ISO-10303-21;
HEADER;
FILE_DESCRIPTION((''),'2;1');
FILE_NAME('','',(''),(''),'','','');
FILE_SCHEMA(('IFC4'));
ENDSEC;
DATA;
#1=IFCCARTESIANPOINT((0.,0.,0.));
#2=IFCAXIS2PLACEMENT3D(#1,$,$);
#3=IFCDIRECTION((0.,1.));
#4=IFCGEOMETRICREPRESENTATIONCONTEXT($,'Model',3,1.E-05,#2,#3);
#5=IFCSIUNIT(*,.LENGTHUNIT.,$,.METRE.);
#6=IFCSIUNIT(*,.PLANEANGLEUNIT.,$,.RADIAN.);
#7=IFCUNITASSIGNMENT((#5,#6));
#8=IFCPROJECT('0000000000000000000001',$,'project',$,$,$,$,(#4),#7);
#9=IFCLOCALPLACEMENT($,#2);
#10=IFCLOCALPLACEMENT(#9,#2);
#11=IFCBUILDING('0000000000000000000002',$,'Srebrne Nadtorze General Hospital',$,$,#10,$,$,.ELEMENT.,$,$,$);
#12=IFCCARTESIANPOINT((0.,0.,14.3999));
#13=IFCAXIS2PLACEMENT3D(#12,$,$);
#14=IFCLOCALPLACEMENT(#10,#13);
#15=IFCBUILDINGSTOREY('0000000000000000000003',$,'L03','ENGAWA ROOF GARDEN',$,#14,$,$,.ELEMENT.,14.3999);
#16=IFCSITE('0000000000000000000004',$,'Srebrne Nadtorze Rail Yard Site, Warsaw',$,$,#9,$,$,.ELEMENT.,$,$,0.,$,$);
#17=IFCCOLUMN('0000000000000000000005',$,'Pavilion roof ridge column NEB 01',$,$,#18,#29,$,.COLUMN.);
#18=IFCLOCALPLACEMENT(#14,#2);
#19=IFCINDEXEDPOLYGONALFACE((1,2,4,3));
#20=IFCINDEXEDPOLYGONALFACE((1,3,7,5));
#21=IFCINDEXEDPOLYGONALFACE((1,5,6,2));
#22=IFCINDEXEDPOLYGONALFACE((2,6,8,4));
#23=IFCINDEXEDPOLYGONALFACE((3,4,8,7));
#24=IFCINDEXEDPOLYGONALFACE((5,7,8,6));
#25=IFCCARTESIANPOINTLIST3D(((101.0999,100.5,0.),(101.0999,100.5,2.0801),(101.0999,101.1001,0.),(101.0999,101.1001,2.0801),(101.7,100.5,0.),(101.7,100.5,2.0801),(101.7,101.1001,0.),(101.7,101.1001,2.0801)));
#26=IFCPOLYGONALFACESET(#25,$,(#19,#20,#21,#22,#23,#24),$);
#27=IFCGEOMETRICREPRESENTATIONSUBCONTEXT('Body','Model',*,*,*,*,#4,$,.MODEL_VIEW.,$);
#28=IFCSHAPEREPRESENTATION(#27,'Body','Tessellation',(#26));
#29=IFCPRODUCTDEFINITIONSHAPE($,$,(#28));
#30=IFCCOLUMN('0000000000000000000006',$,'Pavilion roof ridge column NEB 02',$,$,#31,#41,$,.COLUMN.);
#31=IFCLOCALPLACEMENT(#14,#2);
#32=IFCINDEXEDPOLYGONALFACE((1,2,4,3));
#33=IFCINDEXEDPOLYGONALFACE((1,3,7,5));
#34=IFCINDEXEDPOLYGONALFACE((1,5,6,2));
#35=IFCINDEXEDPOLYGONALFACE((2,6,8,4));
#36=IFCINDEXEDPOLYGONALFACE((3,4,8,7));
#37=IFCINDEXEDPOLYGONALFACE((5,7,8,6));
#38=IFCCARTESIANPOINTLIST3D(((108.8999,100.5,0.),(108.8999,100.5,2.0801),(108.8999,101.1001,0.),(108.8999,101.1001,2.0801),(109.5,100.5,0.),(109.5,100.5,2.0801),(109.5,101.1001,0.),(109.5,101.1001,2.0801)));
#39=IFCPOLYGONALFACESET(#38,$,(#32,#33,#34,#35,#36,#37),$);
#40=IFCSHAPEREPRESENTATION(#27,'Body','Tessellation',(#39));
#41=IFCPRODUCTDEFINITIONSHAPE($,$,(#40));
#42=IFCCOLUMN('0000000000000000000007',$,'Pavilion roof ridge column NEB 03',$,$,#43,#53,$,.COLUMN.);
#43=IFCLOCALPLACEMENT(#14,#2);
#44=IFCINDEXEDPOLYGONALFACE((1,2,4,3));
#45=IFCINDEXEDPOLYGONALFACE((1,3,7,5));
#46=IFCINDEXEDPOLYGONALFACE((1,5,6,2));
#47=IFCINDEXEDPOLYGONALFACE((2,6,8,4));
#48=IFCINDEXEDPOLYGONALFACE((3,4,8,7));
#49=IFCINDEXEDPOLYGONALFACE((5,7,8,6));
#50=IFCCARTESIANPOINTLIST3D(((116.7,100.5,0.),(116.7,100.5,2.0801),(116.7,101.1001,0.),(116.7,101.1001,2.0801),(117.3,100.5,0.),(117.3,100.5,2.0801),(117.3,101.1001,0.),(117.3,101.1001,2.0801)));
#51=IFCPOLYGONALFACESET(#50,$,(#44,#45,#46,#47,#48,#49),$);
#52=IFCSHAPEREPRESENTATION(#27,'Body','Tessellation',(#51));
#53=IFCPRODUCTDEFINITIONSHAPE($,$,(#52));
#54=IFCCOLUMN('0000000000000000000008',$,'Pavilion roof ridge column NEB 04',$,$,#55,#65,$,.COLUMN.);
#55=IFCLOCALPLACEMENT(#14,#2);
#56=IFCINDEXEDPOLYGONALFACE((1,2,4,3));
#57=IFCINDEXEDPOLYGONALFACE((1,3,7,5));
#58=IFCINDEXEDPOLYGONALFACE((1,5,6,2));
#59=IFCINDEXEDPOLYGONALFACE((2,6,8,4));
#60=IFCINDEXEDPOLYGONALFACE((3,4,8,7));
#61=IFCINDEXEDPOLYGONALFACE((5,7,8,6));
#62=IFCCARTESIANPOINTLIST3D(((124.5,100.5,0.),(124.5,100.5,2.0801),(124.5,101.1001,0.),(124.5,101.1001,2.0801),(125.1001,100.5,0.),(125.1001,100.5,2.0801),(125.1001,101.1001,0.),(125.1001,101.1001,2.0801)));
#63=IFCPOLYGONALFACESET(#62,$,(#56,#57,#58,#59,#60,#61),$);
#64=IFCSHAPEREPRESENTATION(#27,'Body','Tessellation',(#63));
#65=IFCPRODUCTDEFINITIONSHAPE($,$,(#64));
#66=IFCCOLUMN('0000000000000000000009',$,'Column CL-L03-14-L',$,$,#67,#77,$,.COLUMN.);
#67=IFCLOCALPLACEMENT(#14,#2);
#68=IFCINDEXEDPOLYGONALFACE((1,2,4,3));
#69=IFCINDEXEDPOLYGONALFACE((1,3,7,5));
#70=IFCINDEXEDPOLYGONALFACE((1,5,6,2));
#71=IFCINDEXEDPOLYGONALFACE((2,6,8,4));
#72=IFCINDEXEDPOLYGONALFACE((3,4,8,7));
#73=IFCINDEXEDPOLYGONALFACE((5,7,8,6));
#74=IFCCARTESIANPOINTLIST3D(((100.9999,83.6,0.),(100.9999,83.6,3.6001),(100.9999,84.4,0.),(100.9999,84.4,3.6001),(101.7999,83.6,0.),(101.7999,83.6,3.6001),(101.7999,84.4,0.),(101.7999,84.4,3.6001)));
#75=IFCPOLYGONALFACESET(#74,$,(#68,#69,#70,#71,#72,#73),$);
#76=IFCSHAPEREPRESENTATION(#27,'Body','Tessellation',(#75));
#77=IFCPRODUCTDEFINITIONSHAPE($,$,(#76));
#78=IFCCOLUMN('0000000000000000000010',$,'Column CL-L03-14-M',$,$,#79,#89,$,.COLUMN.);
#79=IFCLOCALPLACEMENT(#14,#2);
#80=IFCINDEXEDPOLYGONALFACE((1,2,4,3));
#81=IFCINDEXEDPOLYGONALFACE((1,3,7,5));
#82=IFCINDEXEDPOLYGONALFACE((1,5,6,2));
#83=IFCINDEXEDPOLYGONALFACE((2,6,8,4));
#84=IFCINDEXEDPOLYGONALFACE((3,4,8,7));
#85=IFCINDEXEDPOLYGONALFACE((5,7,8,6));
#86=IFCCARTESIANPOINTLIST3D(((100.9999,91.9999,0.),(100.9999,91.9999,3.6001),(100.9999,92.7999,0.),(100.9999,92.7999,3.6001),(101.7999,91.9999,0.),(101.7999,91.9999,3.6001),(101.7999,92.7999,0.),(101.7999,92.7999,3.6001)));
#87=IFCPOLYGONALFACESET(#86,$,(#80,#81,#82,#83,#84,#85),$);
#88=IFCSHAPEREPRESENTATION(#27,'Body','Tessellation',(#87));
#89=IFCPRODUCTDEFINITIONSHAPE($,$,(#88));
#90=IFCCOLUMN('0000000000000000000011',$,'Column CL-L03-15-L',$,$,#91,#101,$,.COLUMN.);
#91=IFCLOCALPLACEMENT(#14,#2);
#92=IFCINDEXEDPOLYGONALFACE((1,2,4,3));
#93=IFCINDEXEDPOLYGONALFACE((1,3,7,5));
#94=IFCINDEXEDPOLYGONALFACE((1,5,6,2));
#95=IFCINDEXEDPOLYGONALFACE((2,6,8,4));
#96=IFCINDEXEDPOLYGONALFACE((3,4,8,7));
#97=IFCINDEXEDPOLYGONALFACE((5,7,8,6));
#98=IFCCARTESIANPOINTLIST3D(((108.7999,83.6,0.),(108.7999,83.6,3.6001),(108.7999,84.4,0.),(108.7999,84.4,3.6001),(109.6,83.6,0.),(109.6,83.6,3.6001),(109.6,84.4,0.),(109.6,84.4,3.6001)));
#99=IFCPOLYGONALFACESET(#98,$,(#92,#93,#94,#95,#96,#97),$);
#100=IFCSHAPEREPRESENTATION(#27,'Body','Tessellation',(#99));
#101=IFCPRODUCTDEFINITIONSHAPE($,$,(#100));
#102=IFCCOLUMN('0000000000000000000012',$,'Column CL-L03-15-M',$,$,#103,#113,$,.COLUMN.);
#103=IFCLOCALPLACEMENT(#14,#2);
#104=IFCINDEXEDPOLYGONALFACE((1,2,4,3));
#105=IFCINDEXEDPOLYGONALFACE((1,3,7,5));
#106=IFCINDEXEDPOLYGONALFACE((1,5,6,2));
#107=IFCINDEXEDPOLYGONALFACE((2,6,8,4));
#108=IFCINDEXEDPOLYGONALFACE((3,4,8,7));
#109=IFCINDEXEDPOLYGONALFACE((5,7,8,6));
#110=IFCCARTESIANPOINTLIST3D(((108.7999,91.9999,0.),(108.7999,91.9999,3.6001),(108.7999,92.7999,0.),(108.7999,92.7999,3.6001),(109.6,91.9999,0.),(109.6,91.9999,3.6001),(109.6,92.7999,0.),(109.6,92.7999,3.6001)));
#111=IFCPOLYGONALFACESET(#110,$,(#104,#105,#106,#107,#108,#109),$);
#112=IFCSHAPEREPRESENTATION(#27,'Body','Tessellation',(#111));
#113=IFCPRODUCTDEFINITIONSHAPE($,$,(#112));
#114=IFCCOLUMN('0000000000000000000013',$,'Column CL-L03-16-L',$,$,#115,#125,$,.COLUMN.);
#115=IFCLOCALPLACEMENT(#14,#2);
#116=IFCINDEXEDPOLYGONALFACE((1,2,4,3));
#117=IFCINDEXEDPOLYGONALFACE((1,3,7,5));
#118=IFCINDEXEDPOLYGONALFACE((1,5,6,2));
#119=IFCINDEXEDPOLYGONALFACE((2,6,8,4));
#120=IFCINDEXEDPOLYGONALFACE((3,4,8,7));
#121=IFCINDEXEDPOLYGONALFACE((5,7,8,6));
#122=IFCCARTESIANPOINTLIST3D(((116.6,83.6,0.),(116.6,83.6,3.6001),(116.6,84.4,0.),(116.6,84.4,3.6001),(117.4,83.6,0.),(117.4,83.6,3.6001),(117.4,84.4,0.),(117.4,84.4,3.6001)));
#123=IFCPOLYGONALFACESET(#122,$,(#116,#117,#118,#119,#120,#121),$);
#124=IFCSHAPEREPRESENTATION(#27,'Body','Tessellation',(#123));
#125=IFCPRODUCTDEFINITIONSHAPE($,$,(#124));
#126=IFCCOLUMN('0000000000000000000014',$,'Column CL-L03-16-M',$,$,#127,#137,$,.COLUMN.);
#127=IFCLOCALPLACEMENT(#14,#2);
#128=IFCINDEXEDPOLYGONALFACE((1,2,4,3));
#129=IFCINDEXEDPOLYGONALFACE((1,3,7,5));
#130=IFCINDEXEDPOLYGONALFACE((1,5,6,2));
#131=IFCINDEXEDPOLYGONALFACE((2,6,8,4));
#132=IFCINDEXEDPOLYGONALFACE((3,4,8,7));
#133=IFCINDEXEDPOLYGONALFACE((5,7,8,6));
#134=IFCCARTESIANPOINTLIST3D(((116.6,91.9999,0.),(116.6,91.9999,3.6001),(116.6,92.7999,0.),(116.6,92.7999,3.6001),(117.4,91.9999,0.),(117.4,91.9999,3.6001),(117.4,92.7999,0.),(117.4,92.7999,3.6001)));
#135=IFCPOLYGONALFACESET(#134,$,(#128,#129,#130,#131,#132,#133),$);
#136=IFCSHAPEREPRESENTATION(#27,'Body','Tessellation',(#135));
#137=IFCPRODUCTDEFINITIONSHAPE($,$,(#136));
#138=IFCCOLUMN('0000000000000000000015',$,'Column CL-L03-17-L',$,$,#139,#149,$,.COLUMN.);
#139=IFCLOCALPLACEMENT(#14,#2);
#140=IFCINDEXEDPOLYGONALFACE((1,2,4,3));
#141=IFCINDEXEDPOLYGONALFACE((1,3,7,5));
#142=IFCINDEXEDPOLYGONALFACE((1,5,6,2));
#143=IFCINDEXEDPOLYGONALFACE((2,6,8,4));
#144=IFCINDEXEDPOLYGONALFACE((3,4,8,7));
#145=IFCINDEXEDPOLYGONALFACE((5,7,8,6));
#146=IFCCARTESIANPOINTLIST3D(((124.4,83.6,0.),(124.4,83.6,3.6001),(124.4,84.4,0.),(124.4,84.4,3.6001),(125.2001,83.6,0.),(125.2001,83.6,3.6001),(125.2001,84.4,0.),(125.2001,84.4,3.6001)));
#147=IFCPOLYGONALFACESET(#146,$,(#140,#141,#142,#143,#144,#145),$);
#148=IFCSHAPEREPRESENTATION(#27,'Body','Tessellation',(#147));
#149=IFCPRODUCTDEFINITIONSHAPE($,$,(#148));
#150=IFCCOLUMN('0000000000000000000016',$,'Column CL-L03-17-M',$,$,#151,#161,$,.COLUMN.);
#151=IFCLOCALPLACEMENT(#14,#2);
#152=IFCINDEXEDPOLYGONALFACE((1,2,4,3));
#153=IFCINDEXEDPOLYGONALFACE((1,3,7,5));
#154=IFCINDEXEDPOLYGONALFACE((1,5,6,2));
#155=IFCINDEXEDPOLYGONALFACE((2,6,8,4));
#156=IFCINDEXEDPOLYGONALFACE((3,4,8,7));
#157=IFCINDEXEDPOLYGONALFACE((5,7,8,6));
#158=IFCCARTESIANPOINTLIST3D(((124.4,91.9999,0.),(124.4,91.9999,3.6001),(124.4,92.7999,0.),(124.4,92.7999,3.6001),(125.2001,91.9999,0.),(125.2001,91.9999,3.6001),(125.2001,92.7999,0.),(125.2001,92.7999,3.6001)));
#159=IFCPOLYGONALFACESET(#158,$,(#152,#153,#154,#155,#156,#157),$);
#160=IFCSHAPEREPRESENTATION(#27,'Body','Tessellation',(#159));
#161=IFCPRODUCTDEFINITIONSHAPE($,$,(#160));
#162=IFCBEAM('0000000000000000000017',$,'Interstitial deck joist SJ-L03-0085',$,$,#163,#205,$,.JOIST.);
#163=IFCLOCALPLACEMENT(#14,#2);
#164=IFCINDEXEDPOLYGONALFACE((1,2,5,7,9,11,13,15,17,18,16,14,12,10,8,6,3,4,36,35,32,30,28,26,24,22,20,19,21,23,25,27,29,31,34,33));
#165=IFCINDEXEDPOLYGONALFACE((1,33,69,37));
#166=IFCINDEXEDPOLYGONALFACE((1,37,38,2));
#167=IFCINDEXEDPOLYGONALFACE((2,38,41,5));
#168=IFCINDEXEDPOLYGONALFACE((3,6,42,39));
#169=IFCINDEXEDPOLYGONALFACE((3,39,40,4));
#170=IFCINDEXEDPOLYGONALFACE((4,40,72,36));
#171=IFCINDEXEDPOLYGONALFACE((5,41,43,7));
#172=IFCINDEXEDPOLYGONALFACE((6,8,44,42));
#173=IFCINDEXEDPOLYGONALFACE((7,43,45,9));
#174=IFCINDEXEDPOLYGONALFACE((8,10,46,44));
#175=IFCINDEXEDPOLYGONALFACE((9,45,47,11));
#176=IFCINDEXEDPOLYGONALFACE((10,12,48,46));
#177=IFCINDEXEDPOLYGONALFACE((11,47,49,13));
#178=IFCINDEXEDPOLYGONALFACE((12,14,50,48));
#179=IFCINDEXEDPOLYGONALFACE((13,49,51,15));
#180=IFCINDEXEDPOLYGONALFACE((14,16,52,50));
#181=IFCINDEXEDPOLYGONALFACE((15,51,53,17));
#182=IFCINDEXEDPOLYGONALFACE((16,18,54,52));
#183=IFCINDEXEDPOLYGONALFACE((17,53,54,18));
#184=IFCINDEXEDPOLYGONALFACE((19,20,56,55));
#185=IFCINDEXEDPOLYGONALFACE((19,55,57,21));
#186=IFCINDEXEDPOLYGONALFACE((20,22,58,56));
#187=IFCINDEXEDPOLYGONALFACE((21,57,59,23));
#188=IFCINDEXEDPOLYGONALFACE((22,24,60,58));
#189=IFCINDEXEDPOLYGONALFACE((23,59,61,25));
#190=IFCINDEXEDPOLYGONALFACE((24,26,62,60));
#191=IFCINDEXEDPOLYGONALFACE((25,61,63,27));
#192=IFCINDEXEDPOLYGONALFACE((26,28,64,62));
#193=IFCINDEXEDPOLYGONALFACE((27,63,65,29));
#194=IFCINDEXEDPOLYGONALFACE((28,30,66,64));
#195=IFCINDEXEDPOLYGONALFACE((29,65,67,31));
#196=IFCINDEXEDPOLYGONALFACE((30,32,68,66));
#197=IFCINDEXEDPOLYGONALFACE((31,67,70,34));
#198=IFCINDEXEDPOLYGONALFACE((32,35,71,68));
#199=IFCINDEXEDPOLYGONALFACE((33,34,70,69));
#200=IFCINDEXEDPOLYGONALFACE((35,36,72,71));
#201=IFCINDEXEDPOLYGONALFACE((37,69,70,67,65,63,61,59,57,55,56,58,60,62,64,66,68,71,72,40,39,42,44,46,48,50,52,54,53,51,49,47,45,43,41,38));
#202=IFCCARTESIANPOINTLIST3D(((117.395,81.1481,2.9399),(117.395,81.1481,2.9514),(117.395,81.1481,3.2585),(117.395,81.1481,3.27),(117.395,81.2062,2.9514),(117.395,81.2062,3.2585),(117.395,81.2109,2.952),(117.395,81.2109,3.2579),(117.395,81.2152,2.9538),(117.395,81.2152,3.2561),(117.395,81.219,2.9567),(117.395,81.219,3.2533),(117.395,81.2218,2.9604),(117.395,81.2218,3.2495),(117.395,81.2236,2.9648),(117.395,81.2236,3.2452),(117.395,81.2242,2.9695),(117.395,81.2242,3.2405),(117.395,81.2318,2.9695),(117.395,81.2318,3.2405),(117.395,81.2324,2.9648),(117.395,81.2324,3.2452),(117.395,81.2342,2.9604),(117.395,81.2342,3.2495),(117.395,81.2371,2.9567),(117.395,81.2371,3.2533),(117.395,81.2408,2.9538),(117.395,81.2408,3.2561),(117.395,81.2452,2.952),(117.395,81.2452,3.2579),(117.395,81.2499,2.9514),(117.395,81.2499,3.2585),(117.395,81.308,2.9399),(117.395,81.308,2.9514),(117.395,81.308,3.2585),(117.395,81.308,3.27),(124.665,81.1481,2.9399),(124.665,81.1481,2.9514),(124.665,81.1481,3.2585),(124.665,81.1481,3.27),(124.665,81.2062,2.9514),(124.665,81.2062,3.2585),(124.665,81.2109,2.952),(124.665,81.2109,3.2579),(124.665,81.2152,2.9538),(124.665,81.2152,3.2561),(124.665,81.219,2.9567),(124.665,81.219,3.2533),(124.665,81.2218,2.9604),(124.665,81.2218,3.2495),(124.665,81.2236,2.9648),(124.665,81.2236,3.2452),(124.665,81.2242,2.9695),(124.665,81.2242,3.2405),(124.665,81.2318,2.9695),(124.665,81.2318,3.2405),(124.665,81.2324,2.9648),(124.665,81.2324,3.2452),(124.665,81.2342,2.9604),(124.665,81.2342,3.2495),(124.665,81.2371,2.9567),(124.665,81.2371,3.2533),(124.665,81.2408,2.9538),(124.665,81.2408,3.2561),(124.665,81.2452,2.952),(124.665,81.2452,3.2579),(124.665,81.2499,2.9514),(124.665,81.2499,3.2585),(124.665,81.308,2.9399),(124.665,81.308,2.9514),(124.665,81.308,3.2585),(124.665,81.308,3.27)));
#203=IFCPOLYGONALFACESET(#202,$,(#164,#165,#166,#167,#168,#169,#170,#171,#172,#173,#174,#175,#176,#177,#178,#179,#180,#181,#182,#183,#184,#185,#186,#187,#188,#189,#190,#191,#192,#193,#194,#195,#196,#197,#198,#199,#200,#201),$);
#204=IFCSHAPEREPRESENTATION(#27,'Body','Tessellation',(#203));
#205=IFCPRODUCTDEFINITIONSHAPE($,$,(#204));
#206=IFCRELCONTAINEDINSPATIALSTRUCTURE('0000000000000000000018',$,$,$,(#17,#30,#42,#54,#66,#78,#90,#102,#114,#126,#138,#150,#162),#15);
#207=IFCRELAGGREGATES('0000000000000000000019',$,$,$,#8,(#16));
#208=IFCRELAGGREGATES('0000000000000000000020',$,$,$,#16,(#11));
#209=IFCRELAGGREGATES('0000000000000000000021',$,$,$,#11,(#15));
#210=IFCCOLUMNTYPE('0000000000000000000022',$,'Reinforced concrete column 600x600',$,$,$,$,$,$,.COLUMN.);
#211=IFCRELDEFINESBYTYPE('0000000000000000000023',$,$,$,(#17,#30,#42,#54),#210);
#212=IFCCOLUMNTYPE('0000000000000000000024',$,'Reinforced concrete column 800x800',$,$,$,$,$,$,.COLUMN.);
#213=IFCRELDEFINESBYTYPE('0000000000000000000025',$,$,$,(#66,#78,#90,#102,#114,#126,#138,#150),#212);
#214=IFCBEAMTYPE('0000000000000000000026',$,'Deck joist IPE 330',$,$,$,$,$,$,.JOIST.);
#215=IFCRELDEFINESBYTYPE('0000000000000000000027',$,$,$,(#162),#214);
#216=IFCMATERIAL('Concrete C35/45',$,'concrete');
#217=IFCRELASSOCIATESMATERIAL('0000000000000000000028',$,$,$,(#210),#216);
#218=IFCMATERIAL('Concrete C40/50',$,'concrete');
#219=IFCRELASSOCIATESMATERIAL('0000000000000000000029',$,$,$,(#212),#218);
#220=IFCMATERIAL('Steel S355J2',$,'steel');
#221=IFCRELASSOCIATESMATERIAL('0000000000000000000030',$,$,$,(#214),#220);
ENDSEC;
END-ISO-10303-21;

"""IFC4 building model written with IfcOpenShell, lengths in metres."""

from ifc_helpers import new_model, si_unit, direction, frame, origin, origin_2d, place, context, subcontext, project, spatial, rectangle, i_section, extrude, material, material_profile, profile_set, type_object, element, save


model = new_model("IFC4")

# Units and contexts
model_context = context("Model", 3, precision=1e-05, world=origin(), true_north=direction((0.0, 1.0)))
body_context = subcontext(model_context, "Body", "Model", "MODEL_VIEW")
ifc_project = project(units=[si_unit("LENGTHUNIT", "METRE"), si_unit("PLANEANGLEUNIT", "RADIAN")], contexts=[model_context])

# Site, building, storey
site_placement = place(None, origin())
site = spatial("IfcSite", under=ifc_project, at=site_placement, Name="Srebrne Nadtorze Rail Yard Site, Warsaw", CompositionType="ELEMENT", RefElevation=0.0)
building_placement = place(site_placement, origin())
building = spatial("IfcBuilding", under=site, at=building_placement, Name="Srebrne Nadtorze General Hospital", CompositionType="ELEMENT")
storey_placement = place(building_placement, frame((0.0, 0.0, 14.3999)))
storey = spatial("IfcBuildingStorey", under=building, at=storey_placement, Name="L03", Description="ENGAWA ROOF GARDEN", CompositionType="ELEMENT", Elevation=14.3999)

# Columns
ifc_material_1 = material(Name="Concrete C35/45", Category="concrete")
ifc_material_profile_1 = material_profile(ifc_material_1, rectangle(XDim=0.6001, YDim=0.6001, at=origin_2d()), Name="RC-COL-600x600")
ifc_profile_set_1 = profile_set([ifc_material_profile_1], Name="Concrete C35/45")
column_type_1 = type_object("IfcColumnType", Name="Reinforced concrete column 600x600", PredefinedType="COLUMN", material=ifc_profile_set_1)
for number, where, z_axis, x_axis, name in (
    (1, (101.3999, 100.8, 0.0), (0.0, 0.0, 1.0), (1.0, 0.0, 0.0), "Pavilion roof ridge column NEB 01"),
    (2, (109.2, 100.8, 0.0), (0.0, 0.0, 1.0), (1.0, 0.0, 0.0), "Pavilion roof ridge column NEB 02"),
    (3, (117.0, 100.8, 0.0), (0.0, 0.0, 1.0), (1.0, 0.0, 0.0), "Pavilion roof ridge column NEB 03"),
    (4, (124.8, 100.8, 0.0), (0.0, 0.0, 1.0), (1.0, 0.0, 0.0), "Pavilion roof ridge column NEB 04"),
):
    element("IfcColumn", number, at=place(storey_placement, frame(where, z_axis=z_axis, x_axis=x_axis)), inside=storey, type_object=column_type_1, Name=name, PredefinedType="COLUMN", context=body_context, shape_type="SweptSolid", body=[
        extrude(rectangle(XDim=0.6001, YDim=0.6001, at=origin_2d()), origin(), (0.0, 0.0, 1.0), 2.0801),
    ])
ifc_material_2 = material(Name="Concrete C40/50", Category="concrete")
ifc_material_profile_2 = material_profile(ifc_material_2, rectangle(XDim=0.8, YDim=0.8, at=origin_2d()), Name="RC-COL-800x800")
ifc_profile_set_2 = profile_set([ifc_material_profile_2], Name="Concrete C40/50")
column_type_2 = type_object("IfcColumnType", Name="Reinforced concrete column 800x800", PredefinedType="COLUMN", material=ifc_profile_set_2)
for number, where, z_axis, x_axis, name in (
    (5, (101.3999, 84.0, 0.0), (0.0, 0.0, 1.0), (1.0, 0.0, 0.0), "Column CL-L03-14-L"),
    (6, (101.3999, 92.3999, 0.0), (0.0, 0.0, 1.0), (1.0, 0.0, 0.0), "Column CL-L03-14-M"),
    (7, (109.2, 84.0, 0.0), (0.0, 0.0, 1.0), (1.0, 0.0, 0.0), "Column CL-L03-15-L"),
    (8, (109.2, 92.3999, 0.0), (0.0, 0.0, 1.0), (1.0, 0.0, 0.0), "Column CL-L03-15-M"),
    (9, (117.0, 84.0, 0.0), (0.0, 0.0, 1.0), (1.0, 0.0, 0.0), "Column CL-L03-16-L"),
    (10, (117.0, 92.3999, 0.0), (0.0, 0.0, 1.0), (1.0, 0.0, 0.0), "Column CL-L03-16-M"),
    (11, (124.8, 84.0, 0.0), (0.0, 0.0, 1.0), (1.0, 0.0, 0.0), "Column CL-L03-17-L"),
    (12, (124.8, 92.3999, 0.0), (0.0, 0.0, 1.0), (1.0, 0.0, 0.0), "Column CL-L03-17-M"),
):
    element("IfcColumn", number, at=place(storey_placement, frame(where, z_axis=z_axis, x_axis=x_axis)), inside=storey, type_object=column_type_2, Name=name, PredefinedType="COLUMN", context=body_context, shape_type="SweptSolid", body=[
        extrude(rectangle(XDim=0.8, YDim=0.8, at=origin_2d()), origin(), (0.0, 0.0, 1.0), 3.6001),
    ])

# Beam
ifc_material_3 = material(Name="Steel S355J2", Category="steel")
ifc_material_profile_3 = material_profile(ifc_material_3, i_section(OverallWidth=0.1599, OverallDepth=0.3301, WebThickness=0.0076, FlangeThickness=0.0115, FilletRadius=0.0181, at=origin_2d()), Name="IPE-330")
ifc_profile_set_3 = profile_set([ifc_material_profile_3], Name="Steel S355J2")
beam_type_1 = type_object("IfcBeamType", Name="Deck joist IPE 330", PredefinedType="JOIST", material=ifc_profile_set_3)
beam_1_placement = place(storey_placement, frame((117.395, 81.228, 3.105), z_axis=(1.0, 0.0, 0.0), x_axis=(0.0, 1.0, 0.0)))
element("IfcBeam", 13, at=beam_1_placement, inside=storey, type_object=beam_type_1, Name="Interstitial deck joist SJ-L03-0085", PredefinedType="JOIST", context=body_context, shape_type="SweptSolid", body=[
    extrude(i_section(OverallWidth=0.1599, OverallDepth=0.3301, WebThickness=0.0076, FlangeThickness=0.0115, FilletRadius=0.0181, at=origin_2d()), origin(), (0.0, 0.0, 1.0), 7.27),
])

save(model, "model.ifc")
